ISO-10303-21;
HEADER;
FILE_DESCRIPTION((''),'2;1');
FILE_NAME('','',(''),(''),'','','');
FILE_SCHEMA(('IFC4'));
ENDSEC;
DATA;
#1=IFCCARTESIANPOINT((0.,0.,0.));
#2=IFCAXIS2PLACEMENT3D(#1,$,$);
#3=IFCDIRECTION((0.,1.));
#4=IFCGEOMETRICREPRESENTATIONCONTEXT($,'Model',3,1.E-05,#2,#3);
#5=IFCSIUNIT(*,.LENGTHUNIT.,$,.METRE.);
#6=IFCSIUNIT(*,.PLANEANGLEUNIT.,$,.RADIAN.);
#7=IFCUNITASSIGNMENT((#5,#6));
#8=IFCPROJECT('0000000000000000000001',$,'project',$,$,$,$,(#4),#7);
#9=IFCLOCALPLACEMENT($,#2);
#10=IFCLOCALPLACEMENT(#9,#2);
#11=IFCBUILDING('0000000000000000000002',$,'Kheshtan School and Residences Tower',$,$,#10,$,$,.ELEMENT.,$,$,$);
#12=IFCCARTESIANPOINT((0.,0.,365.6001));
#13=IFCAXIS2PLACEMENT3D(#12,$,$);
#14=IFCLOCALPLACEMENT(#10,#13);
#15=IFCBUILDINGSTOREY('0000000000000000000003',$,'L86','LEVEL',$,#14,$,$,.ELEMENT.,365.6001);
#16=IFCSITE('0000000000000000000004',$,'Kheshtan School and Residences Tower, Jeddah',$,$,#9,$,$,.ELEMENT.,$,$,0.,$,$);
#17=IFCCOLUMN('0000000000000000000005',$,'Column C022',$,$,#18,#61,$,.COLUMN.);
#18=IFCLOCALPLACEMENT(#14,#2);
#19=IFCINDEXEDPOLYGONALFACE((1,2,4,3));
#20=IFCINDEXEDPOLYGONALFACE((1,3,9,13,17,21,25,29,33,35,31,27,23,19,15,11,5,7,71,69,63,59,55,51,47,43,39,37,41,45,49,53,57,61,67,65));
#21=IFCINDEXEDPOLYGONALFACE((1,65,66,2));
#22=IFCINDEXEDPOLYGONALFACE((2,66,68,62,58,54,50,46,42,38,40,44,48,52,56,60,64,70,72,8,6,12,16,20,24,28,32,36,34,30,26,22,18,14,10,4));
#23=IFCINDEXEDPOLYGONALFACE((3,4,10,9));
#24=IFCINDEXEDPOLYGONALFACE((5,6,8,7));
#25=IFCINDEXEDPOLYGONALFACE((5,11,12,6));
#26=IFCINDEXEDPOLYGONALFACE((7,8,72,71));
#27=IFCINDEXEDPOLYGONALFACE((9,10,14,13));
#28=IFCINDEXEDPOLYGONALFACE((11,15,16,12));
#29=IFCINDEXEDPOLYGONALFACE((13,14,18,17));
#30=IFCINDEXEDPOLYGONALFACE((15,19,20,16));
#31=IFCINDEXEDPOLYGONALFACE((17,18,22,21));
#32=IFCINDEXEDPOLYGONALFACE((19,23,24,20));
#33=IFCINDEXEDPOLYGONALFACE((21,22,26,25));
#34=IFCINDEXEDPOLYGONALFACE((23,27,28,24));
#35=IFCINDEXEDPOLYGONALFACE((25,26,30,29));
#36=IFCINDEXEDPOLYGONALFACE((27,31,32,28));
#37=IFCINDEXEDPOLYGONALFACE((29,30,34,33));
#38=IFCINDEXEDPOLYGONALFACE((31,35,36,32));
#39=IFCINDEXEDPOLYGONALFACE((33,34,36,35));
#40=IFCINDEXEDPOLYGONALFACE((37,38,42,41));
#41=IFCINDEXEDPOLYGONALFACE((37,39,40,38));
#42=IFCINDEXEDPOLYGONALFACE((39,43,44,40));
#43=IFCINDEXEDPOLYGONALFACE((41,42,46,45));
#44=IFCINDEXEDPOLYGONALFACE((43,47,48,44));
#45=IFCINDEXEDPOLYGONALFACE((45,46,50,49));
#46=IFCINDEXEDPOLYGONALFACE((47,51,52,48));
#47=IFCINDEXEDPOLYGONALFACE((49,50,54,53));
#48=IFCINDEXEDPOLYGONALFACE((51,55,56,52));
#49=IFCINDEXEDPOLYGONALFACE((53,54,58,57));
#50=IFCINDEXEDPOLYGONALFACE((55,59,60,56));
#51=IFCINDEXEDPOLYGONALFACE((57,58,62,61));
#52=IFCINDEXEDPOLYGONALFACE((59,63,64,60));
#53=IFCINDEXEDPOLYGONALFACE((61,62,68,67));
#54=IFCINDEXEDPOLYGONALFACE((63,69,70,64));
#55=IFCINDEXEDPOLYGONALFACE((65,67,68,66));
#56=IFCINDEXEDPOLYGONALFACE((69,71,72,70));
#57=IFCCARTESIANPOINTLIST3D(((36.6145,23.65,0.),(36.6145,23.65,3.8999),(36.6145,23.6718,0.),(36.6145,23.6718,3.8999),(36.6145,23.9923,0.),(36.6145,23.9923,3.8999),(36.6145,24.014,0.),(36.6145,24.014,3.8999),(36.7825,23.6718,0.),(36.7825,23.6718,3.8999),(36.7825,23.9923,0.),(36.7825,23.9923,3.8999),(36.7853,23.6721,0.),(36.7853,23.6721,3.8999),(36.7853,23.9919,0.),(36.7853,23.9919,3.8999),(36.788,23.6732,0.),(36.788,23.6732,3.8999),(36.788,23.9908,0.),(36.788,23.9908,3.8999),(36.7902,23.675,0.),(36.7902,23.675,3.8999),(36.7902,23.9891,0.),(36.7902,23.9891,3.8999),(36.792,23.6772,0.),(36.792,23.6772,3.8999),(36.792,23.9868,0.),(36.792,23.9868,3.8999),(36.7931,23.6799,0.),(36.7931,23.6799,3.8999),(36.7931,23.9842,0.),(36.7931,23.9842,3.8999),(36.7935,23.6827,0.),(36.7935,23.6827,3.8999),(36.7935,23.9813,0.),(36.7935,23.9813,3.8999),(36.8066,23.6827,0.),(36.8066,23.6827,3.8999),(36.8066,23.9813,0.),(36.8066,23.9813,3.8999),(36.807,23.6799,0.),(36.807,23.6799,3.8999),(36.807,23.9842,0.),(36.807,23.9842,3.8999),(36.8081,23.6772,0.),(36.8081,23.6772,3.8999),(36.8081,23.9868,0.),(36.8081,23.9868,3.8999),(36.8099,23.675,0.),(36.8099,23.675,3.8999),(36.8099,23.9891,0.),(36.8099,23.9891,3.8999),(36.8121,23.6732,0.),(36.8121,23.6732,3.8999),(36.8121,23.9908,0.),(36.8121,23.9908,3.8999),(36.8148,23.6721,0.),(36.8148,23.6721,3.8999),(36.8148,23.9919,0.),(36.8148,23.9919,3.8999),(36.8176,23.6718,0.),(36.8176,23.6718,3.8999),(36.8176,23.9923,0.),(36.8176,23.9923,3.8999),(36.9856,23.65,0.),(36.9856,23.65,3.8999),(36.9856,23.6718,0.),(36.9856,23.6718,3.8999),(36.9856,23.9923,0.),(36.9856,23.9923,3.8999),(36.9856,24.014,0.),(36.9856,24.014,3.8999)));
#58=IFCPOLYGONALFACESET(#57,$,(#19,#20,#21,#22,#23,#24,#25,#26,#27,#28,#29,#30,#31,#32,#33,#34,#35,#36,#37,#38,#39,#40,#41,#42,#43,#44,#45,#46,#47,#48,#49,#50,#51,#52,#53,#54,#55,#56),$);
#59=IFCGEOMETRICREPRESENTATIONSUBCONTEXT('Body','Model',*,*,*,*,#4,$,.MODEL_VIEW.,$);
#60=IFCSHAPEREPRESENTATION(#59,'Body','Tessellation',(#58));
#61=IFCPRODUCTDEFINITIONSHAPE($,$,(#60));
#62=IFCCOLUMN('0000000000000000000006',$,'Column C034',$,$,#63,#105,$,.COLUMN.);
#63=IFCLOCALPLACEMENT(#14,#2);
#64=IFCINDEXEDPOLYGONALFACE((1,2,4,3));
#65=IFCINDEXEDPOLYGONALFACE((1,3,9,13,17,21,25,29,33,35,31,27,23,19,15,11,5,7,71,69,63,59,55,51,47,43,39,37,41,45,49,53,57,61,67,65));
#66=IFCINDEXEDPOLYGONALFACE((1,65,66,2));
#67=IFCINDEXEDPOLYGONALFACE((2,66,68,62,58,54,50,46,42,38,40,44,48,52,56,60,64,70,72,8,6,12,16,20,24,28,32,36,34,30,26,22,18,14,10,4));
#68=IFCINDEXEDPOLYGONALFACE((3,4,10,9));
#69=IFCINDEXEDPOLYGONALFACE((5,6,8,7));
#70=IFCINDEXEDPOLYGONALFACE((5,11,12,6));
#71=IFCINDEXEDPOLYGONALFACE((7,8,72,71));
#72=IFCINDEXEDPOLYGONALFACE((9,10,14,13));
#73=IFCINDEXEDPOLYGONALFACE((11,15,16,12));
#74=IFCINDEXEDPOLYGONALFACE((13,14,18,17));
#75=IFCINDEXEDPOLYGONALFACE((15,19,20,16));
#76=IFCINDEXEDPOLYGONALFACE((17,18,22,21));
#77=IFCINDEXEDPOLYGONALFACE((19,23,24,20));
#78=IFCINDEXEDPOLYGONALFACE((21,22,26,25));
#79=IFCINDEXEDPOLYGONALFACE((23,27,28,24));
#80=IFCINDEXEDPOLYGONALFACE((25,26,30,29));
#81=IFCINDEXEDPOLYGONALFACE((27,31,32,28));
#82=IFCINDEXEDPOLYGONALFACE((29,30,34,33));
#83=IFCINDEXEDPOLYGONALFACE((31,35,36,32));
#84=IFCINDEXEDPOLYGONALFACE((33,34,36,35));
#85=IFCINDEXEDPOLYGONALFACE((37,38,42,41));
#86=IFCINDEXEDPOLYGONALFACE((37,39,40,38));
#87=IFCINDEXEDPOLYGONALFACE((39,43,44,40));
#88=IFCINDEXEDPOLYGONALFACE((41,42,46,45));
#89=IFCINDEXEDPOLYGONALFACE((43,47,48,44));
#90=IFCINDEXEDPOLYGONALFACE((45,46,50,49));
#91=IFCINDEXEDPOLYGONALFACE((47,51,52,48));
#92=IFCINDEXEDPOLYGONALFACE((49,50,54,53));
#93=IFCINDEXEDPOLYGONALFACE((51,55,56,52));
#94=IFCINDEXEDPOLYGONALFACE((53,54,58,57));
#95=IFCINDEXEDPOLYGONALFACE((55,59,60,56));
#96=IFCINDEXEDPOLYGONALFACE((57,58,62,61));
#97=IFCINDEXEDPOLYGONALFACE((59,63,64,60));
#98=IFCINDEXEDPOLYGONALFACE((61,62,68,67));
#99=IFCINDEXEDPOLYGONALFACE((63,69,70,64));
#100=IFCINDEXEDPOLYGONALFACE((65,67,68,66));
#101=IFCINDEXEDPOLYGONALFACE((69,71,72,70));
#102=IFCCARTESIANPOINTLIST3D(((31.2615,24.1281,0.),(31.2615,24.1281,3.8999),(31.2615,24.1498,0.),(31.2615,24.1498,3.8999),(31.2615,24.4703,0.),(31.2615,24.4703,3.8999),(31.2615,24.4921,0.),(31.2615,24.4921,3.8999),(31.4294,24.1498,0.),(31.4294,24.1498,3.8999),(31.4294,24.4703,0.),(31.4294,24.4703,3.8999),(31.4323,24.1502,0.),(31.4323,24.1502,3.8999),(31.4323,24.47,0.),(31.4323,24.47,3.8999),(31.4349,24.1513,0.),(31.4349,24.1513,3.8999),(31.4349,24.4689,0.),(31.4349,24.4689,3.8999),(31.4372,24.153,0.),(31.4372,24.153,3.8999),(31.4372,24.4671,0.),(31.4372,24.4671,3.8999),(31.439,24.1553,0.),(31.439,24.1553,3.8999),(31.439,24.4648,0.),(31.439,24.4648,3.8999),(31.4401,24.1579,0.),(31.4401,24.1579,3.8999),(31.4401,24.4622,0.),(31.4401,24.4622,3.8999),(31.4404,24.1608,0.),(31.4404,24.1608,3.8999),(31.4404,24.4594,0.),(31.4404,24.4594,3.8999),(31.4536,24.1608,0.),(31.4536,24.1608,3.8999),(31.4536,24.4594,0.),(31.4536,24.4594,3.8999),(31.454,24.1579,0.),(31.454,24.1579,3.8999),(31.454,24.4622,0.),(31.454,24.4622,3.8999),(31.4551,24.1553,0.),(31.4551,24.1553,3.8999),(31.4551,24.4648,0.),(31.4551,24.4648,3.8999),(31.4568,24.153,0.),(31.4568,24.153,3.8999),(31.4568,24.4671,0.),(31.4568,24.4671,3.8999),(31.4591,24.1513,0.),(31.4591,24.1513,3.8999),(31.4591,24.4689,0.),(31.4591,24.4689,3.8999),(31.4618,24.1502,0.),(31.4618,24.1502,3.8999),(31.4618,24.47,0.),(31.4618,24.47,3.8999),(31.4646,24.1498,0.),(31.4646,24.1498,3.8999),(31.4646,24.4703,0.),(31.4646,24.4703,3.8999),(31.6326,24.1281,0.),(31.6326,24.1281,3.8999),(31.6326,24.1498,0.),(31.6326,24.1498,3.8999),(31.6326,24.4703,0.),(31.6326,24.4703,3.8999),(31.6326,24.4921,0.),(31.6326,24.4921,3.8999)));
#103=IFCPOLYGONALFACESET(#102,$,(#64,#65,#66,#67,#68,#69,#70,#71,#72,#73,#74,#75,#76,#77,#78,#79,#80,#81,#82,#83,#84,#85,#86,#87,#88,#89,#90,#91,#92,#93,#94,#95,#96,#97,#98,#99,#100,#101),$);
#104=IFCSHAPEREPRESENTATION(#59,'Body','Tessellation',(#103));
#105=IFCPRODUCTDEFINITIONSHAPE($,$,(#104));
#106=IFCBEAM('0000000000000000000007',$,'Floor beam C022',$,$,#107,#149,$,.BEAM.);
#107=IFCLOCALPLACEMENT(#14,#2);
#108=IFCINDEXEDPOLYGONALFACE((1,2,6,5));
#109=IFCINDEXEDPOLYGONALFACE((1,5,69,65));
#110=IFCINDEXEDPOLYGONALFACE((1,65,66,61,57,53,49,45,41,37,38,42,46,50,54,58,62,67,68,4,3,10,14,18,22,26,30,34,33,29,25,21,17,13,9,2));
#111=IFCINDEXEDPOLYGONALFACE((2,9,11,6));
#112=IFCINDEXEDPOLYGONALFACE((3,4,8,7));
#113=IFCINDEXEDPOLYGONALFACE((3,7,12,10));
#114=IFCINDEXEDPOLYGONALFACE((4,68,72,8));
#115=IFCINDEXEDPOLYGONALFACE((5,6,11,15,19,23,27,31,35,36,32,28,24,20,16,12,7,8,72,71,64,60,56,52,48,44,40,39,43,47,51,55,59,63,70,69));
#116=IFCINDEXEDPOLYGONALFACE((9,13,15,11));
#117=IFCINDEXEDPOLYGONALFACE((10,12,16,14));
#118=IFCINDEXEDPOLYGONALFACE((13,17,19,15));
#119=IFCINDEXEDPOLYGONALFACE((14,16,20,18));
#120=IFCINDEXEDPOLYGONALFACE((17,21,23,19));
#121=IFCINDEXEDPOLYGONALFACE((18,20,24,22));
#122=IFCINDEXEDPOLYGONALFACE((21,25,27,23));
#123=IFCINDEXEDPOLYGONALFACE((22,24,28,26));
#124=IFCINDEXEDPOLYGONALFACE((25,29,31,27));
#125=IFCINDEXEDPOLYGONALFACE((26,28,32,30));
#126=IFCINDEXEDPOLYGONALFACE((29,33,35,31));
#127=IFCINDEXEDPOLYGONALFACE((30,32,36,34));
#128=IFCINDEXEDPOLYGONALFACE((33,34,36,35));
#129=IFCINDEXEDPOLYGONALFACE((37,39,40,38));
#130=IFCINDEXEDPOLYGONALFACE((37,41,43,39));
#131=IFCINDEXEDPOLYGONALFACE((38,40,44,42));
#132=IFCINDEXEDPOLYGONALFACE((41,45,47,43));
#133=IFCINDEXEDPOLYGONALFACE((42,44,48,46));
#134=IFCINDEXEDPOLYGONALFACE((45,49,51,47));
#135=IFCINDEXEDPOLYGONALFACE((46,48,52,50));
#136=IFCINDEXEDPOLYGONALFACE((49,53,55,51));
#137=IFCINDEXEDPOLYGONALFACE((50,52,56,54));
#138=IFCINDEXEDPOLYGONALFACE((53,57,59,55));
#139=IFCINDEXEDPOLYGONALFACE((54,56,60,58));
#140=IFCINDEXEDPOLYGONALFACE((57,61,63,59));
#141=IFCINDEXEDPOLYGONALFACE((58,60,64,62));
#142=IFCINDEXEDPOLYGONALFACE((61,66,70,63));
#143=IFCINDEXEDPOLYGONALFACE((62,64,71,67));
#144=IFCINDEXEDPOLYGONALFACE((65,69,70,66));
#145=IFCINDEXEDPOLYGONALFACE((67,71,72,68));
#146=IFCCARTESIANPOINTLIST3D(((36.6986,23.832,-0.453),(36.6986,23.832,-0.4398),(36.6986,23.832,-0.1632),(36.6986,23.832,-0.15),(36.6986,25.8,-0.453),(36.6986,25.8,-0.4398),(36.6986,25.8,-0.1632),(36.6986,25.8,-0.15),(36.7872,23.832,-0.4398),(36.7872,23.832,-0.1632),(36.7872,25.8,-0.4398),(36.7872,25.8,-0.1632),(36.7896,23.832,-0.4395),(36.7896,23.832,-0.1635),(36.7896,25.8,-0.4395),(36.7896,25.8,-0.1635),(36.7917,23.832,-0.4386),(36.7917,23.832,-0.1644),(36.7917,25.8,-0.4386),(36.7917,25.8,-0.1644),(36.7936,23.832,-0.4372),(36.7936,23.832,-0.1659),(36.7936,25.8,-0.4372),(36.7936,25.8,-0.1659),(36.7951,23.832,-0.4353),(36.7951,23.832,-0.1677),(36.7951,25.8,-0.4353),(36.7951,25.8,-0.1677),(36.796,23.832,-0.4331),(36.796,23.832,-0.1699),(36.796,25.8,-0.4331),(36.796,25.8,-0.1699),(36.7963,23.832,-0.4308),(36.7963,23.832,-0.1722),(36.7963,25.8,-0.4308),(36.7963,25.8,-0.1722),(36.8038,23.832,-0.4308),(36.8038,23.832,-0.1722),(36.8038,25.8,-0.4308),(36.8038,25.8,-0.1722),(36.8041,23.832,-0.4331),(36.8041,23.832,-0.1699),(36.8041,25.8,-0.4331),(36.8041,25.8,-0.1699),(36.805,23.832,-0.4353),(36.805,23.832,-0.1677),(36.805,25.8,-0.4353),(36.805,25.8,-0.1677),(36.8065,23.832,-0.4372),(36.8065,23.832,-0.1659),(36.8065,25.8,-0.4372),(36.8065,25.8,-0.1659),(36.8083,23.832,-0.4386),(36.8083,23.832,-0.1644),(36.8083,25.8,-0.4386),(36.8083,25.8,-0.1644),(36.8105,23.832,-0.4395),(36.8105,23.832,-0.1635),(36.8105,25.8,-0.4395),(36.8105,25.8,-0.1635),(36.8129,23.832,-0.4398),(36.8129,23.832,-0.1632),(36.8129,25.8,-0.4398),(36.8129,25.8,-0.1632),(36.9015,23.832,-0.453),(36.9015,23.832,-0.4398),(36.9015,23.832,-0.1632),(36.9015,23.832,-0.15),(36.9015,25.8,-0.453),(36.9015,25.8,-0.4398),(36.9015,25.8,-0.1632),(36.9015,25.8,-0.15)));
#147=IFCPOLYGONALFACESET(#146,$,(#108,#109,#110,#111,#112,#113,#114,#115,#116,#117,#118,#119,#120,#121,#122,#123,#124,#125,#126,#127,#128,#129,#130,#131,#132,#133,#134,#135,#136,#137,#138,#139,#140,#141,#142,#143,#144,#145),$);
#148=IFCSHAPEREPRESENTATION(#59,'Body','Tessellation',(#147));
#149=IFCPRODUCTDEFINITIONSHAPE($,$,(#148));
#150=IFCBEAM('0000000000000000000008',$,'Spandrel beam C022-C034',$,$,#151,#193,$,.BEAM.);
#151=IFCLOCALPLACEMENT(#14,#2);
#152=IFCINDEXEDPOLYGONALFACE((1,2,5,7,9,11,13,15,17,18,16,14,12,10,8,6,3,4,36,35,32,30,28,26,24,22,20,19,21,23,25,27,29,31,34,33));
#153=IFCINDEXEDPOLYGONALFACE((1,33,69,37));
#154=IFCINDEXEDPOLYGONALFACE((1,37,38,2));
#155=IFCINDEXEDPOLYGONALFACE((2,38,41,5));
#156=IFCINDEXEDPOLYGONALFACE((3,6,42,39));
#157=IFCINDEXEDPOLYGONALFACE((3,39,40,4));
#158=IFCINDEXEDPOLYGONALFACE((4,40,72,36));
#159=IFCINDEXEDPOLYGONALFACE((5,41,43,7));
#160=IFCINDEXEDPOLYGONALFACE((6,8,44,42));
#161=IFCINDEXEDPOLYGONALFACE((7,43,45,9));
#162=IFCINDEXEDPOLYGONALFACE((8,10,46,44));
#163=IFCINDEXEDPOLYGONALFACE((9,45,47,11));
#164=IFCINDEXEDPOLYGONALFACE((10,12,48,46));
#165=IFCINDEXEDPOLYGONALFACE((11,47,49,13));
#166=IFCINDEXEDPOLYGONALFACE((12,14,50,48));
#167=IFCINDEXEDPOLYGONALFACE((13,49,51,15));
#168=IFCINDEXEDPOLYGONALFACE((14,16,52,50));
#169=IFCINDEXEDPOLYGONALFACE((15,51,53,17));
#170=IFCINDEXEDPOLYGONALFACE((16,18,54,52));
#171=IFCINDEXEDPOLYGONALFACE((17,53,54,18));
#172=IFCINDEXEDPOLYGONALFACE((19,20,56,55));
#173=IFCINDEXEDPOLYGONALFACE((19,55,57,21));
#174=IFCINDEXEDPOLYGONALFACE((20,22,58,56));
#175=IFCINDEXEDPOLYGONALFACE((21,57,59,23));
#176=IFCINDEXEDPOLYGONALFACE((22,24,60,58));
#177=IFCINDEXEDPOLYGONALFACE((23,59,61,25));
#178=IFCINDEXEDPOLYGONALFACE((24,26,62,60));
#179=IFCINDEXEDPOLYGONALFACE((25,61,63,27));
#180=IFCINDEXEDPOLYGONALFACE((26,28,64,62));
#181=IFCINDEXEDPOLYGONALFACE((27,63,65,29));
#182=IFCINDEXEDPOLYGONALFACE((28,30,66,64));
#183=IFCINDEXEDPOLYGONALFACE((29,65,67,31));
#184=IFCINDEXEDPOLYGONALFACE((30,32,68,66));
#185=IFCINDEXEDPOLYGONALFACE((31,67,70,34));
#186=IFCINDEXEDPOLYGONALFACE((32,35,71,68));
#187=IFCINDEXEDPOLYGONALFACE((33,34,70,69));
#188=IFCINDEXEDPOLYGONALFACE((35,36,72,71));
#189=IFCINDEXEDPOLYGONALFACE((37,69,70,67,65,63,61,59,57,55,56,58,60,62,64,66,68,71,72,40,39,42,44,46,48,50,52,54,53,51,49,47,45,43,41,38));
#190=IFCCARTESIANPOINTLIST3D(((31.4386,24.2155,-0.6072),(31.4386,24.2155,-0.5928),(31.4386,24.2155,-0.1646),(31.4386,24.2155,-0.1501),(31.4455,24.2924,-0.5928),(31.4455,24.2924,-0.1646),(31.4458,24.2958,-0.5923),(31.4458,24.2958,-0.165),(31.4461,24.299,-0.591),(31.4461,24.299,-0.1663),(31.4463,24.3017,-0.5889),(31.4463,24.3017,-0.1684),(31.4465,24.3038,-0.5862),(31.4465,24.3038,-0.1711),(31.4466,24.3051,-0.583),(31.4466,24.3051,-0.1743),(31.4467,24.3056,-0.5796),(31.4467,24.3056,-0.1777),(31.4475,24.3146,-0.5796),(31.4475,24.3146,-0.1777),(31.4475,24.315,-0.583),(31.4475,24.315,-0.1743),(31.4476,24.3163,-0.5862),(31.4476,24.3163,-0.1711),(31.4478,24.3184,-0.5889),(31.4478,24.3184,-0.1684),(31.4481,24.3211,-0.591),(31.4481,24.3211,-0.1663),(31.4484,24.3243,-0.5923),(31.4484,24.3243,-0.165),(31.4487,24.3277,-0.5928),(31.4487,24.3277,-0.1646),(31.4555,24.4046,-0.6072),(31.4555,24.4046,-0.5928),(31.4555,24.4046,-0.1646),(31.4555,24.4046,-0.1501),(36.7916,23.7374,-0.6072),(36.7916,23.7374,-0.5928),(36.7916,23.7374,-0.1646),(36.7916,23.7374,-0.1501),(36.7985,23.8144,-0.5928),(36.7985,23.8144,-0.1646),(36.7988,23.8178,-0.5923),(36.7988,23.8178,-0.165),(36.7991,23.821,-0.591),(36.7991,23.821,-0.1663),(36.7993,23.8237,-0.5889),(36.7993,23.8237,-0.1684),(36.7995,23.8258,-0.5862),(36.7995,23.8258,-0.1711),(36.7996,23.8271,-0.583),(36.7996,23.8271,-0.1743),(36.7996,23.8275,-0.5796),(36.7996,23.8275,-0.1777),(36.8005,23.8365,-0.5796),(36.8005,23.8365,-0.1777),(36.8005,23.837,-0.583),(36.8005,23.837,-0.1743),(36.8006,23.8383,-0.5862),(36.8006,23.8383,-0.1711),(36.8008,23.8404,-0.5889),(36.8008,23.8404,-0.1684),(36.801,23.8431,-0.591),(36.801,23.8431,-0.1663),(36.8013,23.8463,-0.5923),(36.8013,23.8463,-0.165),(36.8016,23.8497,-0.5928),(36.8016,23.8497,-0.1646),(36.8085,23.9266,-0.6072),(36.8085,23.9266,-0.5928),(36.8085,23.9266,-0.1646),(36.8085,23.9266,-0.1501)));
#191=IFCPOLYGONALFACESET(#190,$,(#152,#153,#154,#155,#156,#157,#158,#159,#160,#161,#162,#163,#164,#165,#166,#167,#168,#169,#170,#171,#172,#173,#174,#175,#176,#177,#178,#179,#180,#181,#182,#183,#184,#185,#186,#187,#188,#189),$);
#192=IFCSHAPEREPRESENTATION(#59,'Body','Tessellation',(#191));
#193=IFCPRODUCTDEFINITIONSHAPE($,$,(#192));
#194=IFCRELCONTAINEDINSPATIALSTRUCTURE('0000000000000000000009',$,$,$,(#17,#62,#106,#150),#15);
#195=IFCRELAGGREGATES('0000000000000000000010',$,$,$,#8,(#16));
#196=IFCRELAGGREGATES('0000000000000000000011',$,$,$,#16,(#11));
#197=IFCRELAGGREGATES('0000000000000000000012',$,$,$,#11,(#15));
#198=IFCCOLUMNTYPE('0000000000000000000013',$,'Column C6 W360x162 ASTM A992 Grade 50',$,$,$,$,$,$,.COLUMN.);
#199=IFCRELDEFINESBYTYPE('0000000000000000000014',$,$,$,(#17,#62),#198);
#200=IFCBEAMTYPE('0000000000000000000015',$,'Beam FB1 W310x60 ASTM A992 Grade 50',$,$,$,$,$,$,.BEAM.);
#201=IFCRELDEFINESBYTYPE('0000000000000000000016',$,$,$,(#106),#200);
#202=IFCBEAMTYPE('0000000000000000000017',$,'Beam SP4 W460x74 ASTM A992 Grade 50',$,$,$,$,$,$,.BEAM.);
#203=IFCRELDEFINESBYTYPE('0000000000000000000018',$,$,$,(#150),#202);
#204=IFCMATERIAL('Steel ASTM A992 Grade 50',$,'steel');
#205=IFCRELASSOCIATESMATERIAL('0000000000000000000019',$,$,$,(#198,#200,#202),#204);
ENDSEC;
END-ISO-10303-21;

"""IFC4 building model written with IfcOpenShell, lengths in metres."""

from ifc_helpers import new_model, si_unit, direction, frame, origin, origin_2d, place, context, subcontext, project, spatial, i_section, extrude, material, material_profile, profile_set, type_object, element, save


model = new_model("IFC4")

# Units and contexts
model_context = context("Model", 3, precision=1e-05, world=origin(), true_north=direction((0.0, 1.0)))
body_context = subcontext(model_context, "Body", "Model", "MODEL_VIEW")
ifc_project = project(units=[si_unit("LENGTHUNIT", "METRE"), si_unit("PLANEANGLEUNIT", "RADIAN")], contexts=[model_context])

# Site, building, storey
site_placement = place(None, origin())
site = spatial("IfcSite", under=ifc_project, at=site_placement, Name="Kheshtan School and Residences Tower, Jeddah", CompositionType="ELEMENT", RefElevation=0.0)
building_placement = place(site_placement, origin())
building = spatial("IfcBuilding", under=site, at=building_placement, Name="Kheshtan School and Residences Tower", CompositionType="ELEMENT")
storey_placement = place(building_placement, frame((0.0, 0.0, 365.6001)))
storey = spatial("IfcBuildingStorey", under=building, at=storey_placement, Name="L86", Description="LEVEL", CompositionType="ELEMENT", Elevation=365.6001)

# Columns
ifc_material_1 = material(Name="Steel ASTM A992 Grade 50", Category="steel")
ifc_material_profile_1 = material_profile(ifc_material_1, i_section(OverallWidth=0.3711, OverallDepth=0.364, WebThickness=0.0132, FlangeThickness=0.0217, FilletRadius=0.011, at=origin_2d()), Name="W360x162")
ifc_profile_set_1 = profile_set([ifc_material_profile_1], Name="Steel ASTM A992 Grade 50")
column_type = type_object("IfcColumnType", Name="Column C6 W360x162 ASTM A992 Grade 50", PredefinedType="COLUMN", material=ifc_profile_set_1)
for number, where, z_axis, x_axis, name in (
    (1, (36.8, 23.832, 0.0), (0.0, 0.0, 1.0), (1.0, 0.0, 0.0), "Column C022"),
    (2, (31.447, 24.3101, 0.0), (0.0, 0.0, 1.0), (1.0, 0.0, 0.0), "Column C034"),
):
    element("IfcColumn", number, at=place(storey_placement, frame(where, z_axis=z_axis, x_axis=x_axis)), inside=storey, type_object=column_type, Name=name, PredefinedType="COLUMN", context=body_context, shape_type="SweptSolid", body=[
        extrude(i_section(OverallWidth=0.3711, OverallDepth=0.364, WebThickness=0.0132, FlangeThickness=0.0217, FilletRadius=0.011, at=origin_2d()), origin(), (0.0, 0.0, 1.0), 3.8999),
    ])

# Beams
ifc_material_profile_2 = material_profile(ifc_material_1, i_section(OverallWidth=0.2029, OverallDepth=0.303, WebThickness=0.0076, FlangeThickness=0.0132, FilletRadius=0.009, at=origin_2d()), Name="W310x60")
ifc_profile_set_2 = profile_set([ifc_material_profile_2], Name="Steel ASTM A992 Grade 50")
beam_type_1 = type_object("IfcBeamType", Name="Beam FB1 W310x60 ASTM A992 Grade 50", PredefinedType="BEAM", material=ifc_profile_set_2)
beam_1_placement = place(storey_placement, frame((36.8, 23.832, -0.3015), z_axis=(0.0, 1.0, 0.0), x_axis=(-1.0, 0.0, 0.0)))
element("IfcBeam", 3, at=beam_1_placement, inside=storey, type_object=beam_type_1, Name="Floor beam C022", PredefinedType="BEAM", context=body_context, shape_type="SweptSolid", body=[
    extrude(i_section(OverallWidth=0.2029, OverallDepth=0.303, WebThickness=0.0076, FlangeThickness=0.0132, FilletRadius=0.009, at=origin_2d()), origin(), (0.0, 0.0, 1.0), 1.968),
])
ifc_material_profile_3 = material_profile(ifc_material_1, i_section(OverallWidth=0.1899, OverallDepth=0.457, WebThickness=0.009, FlangeThickness=0.0144, FilletRadius=0.0132, at=origin_2d()), Name="W460x74")
ifc_profile_set_3 = profile_set([ifc_material_profile_3], Name="Steel ASTM A992 Grade 50")
beam_type_2 = type_object("IfcBeamType", Name="Beam SP4 W460x74 ASTM A992 Grade 50", PredefinedType="BEAM", material=ifc_profile_set_3)
beam_2_placement = place(storey_placement, frame((36.8, 23.832, -0.3787), z_axis=(-0.996036, 0.088946, 0.0), x_axis=(-0.088946, -0.996036, 0.0)))
element("IfcBeam", 4, at=beam_2_placement, inside=storey, type_object=beam_type_2, Name="Spandrel beam C022-C034", PredefinedType="BEAM", context=body_context, shape_type="SweptSolid", body=[
    extrude(i_section(OverallWidth=0.1899, OverallDepth=0.457, WebThickness=0.009, FlangeThickness=0.0144, FilletRadius=0.0132, at=origin_2d()), origin(), (0.0, 0.0, 1.0), 5.3743),
])

save(model, "model.ifc")
